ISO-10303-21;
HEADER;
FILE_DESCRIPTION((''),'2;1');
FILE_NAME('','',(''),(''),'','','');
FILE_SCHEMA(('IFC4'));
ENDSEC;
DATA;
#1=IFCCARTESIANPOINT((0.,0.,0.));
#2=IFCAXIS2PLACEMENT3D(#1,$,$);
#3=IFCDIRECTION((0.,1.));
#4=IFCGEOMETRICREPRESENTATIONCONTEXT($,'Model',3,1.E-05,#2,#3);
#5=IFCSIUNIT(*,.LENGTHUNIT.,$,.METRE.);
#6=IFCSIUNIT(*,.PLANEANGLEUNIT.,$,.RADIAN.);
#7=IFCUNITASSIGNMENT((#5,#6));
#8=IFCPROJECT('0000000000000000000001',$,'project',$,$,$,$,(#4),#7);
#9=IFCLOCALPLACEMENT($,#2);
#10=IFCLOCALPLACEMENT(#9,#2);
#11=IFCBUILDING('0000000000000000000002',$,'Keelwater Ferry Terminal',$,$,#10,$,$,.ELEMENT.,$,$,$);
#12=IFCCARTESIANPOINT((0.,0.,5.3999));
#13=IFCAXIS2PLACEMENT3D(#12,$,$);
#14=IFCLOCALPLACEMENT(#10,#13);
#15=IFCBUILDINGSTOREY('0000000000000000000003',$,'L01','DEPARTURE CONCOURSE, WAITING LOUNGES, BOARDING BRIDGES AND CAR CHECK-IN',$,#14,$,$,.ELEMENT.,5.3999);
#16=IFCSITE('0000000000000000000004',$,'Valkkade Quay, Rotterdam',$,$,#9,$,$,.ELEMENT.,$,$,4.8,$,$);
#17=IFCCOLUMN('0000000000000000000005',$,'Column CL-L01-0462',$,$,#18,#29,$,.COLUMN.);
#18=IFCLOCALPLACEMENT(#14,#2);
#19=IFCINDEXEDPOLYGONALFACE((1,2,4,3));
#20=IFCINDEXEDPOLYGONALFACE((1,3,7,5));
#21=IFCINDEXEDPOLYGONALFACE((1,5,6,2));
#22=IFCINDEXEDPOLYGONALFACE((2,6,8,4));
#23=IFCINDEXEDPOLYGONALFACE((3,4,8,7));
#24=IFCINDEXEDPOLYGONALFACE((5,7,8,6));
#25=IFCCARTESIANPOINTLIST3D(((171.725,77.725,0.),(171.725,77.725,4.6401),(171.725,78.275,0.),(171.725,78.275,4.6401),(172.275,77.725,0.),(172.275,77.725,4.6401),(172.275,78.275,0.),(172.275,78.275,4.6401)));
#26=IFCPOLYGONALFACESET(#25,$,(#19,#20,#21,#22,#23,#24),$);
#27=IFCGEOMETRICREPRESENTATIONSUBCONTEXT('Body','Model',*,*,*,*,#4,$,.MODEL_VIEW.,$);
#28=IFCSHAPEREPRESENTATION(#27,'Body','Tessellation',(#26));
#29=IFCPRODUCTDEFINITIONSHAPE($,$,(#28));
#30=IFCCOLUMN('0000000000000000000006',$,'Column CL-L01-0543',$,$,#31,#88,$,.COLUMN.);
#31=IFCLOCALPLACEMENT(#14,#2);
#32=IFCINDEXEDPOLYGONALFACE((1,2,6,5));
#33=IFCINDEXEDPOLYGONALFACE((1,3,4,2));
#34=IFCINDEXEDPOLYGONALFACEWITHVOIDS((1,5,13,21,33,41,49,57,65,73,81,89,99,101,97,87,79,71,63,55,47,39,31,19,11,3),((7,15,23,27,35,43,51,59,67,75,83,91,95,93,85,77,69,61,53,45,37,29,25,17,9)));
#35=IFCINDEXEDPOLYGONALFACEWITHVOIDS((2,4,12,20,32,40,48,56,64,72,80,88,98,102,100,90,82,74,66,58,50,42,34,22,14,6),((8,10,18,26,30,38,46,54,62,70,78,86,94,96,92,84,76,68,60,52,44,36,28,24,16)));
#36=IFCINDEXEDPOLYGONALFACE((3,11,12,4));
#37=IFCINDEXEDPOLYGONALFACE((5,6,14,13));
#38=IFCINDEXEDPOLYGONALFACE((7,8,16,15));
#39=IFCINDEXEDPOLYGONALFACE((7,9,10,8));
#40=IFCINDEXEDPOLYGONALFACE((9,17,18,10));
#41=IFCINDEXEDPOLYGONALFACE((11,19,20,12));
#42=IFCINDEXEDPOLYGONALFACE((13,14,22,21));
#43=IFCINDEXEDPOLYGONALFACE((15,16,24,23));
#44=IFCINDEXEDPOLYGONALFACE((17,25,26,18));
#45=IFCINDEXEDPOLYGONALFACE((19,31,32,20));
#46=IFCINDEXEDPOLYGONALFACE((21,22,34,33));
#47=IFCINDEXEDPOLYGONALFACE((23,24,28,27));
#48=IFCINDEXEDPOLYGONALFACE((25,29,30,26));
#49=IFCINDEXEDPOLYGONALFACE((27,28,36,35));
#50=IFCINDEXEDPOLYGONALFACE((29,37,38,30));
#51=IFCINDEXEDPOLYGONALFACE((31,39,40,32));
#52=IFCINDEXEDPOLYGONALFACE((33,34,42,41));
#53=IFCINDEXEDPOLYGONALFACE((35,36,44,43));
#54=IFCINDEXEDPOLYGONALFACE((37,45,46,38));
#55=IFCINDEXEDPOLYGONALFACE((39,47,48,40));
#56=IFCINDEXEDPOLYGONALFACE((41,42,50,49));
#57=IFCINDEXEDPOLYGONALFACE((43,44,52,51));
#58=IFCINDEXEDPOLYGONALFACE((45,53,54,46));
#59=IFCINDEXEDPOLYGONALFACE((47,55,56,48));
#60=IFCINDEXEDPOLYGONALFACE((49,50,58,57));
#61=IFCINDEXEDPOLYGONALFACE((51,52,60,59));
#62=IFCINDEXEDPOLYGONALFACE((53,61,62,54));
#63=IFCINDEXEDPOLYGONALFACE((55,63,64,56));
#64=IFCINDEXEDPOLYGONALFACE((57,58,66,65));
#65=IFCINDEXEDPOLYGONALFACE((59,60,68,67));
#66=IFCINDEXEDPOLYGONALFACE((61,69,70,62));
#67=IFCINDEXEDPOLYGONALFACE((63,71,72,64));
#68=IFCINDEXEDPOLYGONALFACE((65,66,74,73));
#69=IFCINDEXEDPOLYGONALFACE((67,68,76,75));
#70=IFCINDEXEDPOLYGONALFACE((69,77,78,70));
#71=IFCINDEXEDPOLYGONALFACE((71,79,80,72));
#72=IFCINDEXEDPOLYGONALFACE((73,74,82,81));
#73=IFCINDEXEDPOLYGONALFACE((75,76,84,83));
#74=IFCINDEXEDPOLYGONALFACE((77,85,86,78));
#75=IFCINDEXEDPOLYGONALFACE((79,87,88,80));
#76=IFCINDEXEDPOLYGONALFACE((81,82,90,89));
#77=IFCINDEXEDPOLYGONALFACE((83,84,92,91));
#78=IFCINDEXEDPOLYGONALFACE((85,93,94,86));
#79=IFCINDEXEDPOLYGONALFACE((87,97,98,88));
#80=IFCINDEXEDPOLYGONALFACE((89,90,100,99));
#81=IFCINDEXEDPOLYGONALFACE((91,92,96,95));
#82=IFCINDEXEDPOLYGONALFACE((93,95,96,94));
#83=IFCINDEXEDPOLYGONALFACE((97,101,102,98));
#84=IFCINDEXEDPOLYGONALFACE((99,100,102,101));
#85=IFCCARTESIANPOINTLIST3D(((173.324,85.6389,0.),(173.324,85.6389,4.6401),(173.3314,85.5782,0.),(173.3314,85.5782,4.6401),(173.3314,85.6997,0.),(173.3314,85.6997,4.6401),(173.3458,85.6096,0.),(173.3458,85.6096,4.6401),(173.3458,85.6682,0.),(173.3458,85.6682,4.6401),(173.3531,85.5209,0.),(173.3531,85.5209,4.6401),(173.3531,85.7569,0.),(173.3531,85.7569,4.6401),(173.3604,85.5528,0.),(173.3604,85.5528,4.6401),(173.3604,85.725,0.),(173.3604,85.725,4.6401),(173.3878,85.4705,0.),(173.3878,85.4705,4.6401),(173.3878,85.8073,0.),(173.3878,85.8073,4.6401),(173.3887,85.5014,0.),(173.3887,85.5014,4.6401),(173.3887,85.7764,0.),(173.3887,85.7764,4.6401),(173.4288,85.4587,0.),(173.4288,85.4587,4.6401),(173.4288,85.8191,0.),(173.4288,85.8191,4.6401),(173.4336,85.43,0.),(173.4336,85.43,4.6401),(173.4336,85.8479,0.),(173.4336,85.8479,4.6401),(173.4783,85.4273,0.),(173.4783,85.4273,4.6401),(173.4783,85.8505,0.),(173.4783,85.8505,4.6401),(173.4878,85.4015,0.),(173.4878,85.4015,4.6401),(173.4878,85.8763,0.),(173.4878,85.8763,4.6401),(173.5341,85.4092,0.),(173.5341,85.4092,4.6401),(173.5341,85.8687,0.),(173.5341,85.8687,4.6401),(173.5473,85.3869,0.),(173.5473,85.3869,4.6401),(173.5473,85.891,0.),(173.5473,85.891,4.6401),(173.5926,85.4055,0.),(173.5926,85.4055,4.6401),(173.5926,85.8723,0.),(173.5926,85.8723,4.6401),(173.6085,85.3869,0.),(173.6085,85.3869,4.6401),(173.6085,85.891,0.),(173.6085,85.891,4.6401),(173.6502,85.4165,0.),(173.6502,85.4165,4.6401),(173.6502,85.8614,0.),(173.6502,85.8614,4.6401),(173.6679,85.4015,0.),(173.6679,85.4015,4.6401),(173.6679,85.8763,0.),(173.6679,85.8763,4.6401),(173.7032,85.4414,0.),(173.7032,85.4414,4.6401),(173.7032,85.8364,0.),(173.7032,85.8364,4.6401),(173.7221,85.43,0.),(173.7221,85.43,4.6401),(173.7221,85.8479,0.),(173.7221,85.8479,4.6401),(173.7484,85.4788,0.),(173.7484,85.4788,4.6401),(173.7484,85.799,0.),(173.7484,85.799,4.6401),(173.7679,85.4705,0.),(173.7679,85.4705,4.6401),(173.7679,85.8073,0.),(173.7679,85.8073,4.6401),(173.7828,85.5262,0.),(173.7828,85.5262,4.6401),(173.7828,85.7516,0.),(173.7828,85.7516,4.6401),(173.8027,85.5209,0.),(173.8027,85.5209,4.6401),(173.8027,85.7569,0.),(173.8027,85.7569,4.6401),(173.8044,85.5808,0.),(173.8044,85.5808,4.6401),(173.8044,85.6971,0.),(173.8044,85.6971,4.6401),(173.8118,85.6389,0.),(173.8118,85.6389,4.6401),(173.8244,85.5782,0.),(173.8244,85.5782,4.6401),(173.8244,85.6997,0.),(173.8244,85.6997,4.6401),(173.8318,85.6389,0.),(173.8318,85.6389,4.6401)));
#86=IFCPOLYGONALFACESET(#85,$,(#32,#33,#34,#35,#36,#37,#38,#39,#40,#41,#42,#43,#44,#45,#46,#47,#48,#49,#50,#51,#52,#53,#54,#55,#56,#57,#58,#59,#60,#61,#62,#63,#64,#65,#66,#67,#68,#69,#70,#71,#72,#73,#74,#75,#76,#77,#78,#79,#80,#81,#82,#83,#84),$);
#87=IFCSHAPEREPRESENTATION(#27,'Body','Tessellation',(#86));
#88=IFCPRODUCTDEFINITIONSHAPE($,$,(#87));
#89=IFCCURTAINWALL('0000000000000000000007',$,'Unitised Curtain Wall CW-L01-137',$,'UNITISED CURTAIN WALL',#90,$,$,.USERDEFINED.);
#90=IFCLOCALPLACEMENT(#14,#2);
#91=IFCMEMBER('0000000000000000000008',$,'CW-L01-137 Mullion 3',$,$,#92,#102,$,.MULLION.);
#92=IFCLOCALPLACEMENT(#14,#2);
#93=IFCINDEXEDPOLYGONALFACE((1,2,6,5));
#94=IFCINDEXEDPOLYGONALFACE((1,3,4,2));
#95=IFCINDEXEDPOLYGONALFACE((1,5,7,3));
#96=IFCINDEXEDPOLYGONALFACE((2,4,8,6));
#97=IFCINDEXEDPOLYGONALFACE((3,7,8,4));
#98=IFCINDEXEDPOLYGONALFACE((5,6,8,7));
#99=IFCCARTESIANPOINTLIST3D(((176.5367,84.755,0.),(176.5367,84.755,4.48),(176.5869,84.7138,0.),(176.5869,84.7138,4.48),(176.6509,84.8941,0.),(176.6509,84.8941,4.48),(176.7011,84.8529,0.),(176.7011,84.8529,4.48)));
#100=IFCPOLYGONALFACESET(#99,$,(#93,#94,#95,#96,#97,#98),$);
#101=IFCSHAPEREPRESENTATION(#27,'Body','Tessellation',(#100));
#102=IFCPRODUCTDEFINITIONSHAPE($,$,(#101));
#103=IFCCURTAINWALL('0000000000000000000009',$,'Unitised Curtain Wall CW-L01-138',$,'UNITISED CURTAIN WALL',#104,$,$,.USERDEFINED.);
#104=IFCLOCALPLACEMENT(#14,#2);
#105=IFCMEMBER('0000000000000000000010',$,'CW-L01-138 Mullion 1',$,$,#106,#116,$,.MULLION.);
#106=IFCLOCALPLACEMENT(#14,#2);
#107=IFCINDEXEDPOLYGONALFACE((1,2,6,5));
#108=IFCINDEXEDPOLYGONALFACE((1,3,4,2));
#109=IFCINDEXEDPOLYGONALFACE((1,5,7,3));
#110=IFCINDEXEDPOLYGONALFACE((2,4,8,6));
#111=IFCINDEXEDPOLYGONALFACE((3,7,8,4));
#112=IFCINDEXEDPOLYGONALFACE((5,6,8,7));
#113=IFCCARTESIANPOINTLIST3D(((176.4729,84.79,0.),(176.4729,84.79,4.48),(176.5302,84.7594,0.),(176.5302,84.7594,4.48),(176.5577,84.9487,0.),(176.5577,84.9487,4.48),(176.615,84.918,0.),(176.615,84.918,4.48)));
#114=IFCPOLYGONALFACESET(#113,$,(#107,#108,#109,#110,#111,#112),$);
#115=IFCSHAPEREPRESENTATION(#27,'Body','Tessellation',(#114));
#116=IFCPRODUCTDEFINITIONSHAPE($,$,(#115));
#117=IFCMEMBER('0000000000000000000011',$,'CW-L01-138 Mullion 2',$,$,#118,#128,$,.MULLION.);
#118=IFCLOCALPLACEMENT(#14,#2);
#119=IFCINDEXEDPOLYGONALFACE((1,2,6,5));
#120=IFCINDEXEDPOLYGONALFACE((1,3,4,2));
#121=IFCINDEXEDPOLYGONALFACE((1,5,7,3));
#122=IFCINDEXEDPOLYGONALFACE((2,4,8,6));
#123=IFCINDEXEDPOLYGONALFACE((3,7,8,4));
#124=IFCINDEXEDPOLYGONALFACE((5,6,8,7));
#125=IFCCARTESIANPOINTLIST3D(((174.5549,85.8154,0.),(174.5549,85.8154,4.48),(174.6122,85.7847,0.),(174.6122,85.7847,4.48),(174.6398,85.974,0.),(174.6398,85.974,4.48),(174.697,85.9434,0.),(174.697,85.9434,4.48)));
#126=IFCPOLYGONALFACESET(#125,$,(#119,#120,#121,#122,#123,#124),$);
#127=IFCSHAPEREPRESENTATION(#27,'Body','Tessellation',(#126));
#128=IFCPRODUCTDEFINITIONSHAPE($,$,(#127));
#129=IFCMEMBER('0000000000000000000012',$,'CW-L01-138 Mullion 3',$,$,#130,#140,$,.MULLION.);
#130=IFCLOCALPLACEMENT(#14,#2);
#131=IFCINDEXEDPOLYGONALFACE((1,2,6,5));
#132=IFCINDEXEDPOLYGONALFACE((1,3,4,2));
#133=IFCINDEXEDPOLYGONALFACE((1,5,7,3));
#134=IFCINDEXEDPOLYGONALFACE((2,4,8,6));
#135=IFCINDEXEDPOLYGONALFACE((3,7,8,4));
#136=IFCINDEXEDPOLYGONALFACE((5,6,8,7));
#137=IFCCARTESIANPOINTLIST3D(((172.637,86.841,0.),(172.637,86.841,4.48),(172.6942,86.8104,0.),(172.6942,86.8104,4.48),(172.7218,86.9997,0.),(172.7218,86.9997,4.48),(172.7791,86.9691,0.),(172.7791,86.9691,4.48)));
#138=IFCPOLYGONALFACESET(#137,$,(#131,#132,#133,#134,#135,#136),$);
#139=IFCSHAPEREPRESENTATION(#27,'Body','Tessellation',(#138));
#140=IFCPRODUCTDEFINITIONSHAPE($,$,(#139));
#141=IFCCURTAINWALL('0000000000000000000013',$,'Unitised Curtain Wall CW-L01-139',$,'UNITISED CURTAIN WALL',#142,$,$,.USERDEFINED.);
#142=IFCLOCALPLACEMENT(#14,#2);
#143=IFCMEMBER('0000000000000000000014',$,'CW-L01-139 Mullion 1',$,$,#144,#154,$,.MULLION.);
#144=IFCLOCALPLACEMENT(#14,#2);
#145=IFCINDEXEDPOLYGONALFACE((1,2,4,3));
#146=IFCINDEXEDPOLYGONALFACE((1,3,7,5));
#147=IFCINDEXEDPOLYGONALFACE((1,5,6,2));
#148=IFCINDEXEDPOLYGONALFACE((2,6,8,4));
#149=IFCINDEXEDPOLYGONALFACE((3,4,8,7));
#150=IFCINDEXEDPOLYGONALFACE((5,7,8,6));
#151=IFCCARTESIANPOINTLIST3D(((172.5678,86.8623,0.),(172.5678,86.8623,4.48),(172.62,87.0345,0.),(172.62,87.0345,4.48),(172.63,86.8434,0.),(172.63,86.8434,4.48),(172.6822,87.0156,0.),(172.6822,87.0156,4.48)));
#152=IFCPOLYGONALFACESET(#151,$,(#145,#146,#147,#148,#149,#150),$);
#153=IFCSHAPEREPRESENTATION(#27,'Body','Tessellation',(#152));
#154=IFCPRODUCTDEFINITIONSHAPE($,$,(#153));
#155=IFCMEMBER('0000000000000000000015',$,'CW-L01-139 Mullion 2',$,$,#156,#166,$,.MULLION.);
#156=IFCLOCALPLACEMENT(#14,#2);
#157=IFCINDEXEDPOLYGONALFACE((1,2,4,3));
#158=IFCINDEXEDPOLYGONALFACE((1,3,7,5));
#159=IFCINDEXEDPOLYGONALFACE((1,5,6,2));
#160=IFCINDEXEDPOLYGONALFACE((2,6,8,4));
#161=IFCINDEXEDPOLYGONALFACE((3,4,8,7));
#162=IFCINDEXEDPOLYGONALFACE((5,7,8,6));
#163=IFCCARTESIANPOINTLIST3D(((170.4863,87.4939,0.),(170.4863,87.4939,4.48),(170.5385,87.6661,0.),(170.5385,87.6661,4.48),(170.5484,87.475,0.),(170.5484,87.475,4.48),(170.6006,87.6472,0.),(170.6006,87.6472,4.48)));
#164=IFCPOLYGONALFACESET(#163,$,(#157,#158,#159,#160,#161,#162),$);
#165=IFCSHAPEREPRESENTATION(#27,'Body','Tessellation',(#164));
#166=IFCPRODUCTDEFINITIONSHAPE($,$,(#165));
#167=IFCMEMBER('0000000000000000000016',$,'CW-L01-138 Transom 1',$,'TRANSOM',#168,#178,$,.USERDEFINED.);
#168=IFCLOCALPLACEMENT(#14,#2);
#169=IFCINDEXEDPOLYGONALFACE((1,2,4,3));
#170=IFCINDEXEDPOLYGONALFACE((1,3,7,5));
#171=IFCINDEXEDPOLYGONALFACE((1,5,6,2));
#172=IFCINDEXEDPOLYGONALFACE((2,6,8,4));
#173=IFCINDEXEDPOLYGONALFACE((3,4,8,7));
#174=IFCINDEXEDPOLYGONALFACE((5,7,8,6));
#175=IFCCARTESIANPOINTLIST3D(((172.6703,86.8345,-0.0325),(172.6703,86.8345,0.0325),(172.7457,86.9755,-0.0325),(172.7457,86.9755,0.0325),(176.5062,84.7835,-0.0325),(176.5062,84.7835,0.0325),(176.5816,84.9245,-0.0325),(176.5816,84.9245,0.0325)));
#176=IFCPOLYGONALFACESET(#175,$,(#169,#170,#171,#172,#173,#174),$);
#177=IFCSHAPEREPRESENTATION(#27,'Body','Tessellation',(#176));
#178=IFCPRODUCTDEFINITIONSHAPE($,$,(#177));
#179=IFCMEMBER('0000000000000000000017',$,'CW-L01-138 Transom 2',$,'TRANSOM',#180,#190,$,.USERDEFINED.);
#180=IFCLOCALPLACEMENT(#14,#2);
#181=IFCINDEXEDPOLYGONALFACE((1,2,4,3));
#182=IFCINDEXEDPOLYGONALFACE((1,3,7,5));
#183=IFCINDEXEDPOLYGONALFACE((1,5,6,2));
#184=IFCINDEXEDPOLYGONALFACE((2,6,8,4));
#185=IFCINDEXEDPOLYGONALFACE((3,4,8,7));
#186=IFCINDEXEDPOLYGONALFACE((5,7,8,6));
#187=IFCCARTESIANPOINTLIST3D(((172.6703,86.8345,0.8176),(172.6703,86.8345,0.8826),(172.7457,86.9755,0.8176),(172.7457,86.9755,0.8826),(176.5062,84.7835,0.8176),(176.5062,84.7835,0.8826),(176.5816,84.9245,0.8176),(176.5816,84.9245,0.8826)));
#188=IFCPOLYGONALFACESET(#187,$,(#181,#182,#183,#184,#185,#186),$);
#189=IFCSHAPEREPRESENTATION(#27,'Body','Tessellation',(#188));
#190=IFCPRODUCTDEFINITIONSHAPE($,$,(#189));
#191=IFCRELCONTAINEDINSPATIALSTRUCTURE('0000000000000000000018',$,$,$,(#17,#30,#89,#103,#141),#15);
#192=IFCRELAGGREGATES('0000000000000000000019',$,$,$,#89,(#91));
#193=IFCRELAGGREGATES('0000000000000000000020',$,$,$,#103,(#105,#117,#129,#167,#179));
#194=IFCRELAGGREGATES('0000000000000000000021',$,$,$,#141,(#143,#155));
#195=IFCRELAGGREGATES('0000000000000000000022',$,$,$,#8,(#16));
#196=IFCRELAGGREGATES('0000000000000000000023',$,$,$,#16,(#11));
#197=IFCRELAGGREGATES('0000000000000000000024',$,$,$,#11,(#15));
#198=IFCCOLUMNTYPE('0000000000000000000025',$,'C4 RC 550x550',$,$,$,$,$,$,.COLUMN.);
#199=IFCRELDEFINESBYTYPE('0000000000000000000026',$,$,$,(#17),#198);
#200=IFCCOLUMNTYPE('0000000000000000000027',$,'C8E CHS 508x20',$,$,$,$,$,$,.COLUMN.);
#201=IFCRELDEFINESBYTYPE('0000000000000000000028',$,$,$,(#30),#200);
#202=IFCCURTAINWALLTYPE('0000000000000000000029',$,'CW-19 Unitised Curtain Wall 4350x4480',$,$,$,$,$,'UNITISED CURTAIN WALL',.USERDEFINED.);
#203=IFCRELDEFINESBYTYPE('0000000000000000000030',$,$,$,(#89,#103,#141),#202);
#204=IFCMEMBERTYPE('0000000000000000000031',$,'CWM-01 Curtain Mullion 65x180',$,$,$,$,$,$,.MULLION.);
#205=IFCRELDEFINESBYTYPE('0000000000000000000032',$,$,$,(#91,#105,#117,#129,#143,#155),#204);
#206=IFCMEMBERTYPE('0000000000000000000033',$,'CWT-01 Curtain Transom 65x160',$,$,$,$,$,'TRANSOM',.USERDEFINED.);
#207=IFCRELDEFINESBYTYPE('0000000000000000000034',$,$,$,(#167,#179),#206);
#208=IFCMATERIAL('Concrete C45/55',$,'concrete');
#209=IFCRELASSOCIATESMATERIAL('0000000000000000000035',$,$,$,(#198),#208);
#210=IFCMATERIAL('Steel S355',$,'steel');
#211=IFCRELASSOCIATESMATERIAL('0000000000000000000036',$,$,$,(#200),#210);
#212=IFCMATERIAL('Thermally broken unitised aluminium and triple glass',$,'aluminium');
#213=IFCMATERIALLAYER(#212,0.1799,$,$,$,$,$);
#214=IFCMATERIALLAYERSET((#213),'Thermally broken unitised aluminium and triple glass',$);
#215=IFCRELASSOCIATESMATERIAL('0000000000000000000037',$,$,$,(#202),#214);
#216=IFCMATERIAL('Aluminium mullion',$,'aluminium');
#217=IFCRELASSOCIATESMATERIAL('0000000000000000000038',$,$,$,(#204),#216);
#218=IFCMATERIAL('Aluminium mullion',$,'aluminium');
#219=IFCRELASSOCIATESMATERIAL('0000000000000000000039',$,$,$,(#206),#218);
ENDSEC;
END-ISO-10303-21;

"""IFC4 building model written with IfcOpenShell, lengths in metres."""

from ifc_helpers import new_model, si_unit, direction, frame, origin, origin_2d, place, context, subcontext, project, spatial, rectangle, hollow_circle, extrude, material, layer, layer_set, material_profile, profile_set, type_object, element, aggregate, save


model = new_model("IFC4")

# Units and contexts
model_context = context("Model", 3, precision=1e-05, world=origin(), true_north=direction((0.0, 1.0)))
body_context = subcontext(model_context, "Body", "Model", "MODEL_VIEW")
ifc_project = project(units=[si_unit("LENGTHUNIT", "METRE"), si_unit("PLANEANGLEUNIT", "RADIAN")], contexts=[model_context])

# Site, building, storey
site_placement = place(None, origin())
site = spatial("IfcSite", under=ifc_project, at=site_placement, Name="Valkkade Quay, Rotterdam", CompositionType="ELEMENT", RefElevation=4.8)
building_placement = place(site_placement, origin())
building = spatial("IfcBuilding", under=site, at=building_placement, Name="Keelwater Ferry Terminal", CompositionType="ELEMENT")
storey_placement = place(building_placement, frame((0.0, 0.0, 5.3999)))
storey = spatial("IfcBuildingStorey", under=building, at=storey_placement, Name="L01", Description="DEPARTURE CONCOURSE, WAITING LOUNGES, BOARDING BRIDGES AND CAR CHECK-IN", CompositionType="ELEMENT", Elevation=5.3999)

# Columns
ifc_material_1 = material(Name="Concrete C45/55", Category="concrete")
ifc_material_profile_1 = material_profile(ifc_material_1, rectangle(XDim=0.55, YDim=0.55, at=origin_2d()), Name="RC 550x550")
ifc_profile_set_1 = profile_set([ifc_material_profile_1], Name="Concrete C45/55")
column_type_1 = type_object("IfcColumnType", Name="C4 RC 550x550", PredefinedType="COLUMN", material=ifc_profile_set_1)
column_1_placement = place(storey_placement, frame((172.0, 78.0, 0.0), z_axis=(0.0, 0.0, 1.0), x_axis=(1.0, 0.0, 0.0)))
element("IfcColumn", 1, at=column_1_placement, inside=storey, type_object=column_type_1, Name="Column CL-L01-0462", PredefinedType="COLUMN", context=body_context, shape_type="SweptSolid", body=[
    extrude(rectangle(XDim=0.55, YDim=0.55, at=origin_2d()), origin(), (0.0, 0.0, 1.0), 4.6401),
])
ifc_material_2 = material(Name="Steel S355", Category="steel")
ifc_material_profile_2 = material_profile(ifc_material_2, hollow_circle(Radius=0.2539, WallThickness=0.02, at=origin_2d()), Name="CHS 508x20")
ifc_profile_set_2 = profile_set([ifc_material_profile_2], Name="Steel S355")
column_type_2 = type_object("IfcColumnType", Name="C8E CHS 508x20", PredefinedType="COLUMN", material=ifc_profile_set_2)
column_2_placement = place(storey_placement, frame((173.5779, 85.6389, 0.0), z_axis=(0.0, 0.0, 1.0), x_axis=(1.0, 0.0, 0.0)))
element("IfcColumn", 2, at=column_2_placement, inside=storey, type_object=column_type_2, Name="Column CL-L01-0543", PredefinedType="COLUMN", context=body_context, shape_type="SweptSolid", body=[
    extrude(hollow_circle(Radius=0.2539, WallThickness=0.02, at=origin_2d()), origin(), (0.0, 0.0, 1.0), 4.6401),
])

# Curtain wall, member
ifc_material_3 = material(Name="Thermally broken unitised aluminium and triple glass", Category="aluminium")
ifc_layer_1 = layer(ifc_material_3, 0.1799)
ifc_layer_set_1 = layer_set([ifc_layer_1], Name="Thermally broken unitised aluminium and triple glass")
curtain_wall_type = type_object("IfcCurtainWallType", Name="CW-19 Unitised Curtain Wall 4350x4480", ElementType="UNITISED CURTAIN WALL", PredefinedType="USERDEFINED", material=ifc_layer_set_1)
curtain_wall_1_placement = place(storey_placement, origin())
curtain_wall_1 = element("IfcCurtainWall", 3, at=curtain_wall_1_placement, inside=storey, type_object=curtain_wall_type, Name="Unitised Curtain Wall CW-L01-137", ObjectType="UNITISED CURTAIN WALL", PredefinedType="USERDEFINED")
ifc_material_4 = material(Name="Aluminium mullion", Category="aluminium")
ifc_material_profile_3 = material_profile(ifc_material_4, rectangle(XDim=0.0649, YDim=0.1799, at=origin_2d()), Name="CWM-01")
ifc_profile_set_3 = profile_set([ifc_material_profile_3], Name="Aluminium mullion")
member_type_1 = type_object("IfcMemberType", Name="CWM-01 Curtain Mullion 65x180", PredefinedType="MULLION", material=ifc_profile_set_3)
member_1_placement = place(storey_placement, frame((176.6189, 84.804, 0.0), z_axis=(0.0, 0.0, 1.0), x_axis=(-0.773024, 0.634377, 0.0)))
member_1 = element("IfcMember", 4, at=member_1_placement, type_object=member_type_1, Name="CW-L01-137 Mullion 3", PredefinedType="MULLION", context=body_context, shape_type="SweptSolid", body=[
    extrude(rectangle(XDim=0.0649, YDim=0.1799, at=origin_2d()), origin(), (0.0, 0.0, 1.0), 4.48),
])

# Curtain walls, members
curtain_wall_2_placement = place(storey_placement, origin())
curtain_wall_2 = element("IfcCurtainWall", 5, at=curtain_wall_2_placement, inside=storey, type_object=curtain_wall_type, Name="Unitised Curtain Wall CW-L01-138", ObjectType="UNITISED CURTAIN WALL", PredefinedType="USERDEFINED")
member_2_placement = place(storey_placement, frame((176.5439, 84.854, 0.0), z_axis=(0.0, 0.0, 1.0), x_axis=(-0.881862, 0.471507, 0.0)))
member_2 = element("IfcMember", 6, at=member_2_placement, type_object=member_type_1, Name="CW-L01-138 Mullion 1", PredefinedType="MULLION", context=body_context, shape_type="SweptSolid", body=[
    extrude(rectangle(XDim=0.0649, YDim=0.1799, at=origin_2d()), origin(), (0.0, 0.0, 1.0), 4.48),
])
member_3_placement = place(storey_placement, frame((174.626, 85.8794, 0.0), z_axis=(0.0, 0.0, 1.0), x_axis=(-0.881862, 0.471507, 0.0)))
member_3 = element("IfcMember", 7, at=member_3_placement, type_object=member_type_1, Name="CW-L01-138 Mullion 2", PredefinedType="MULLION", context=body_context, shape_type="SweptSolid", body=[
    extrude(rectangle(XDim=0.0649, YDim=0.1799, at=origin_2d()), origin(), (0.0, 0.0, 1.0), 4.48),
])
member_4_placement = place(storey_placement, frame((172.708, 86.905, 0.0), z_axis=(0.0, 0.0, 1.0), x_axis=(-0.881862, 0.471507, 0.0)))
member_4 = element("IfcMember", 8, at=member_4_placement, type_object=member_type_1, Name="CW-L01-138 Mullion 3", PredefinedType="MULLION", context=body_context, shape_type="SweptSolid", body=[
    extrude(rectangle(XDim=0.0649, YDim=0.1799, at=origin_2d()), origin(), (0.0, 0.0, 1.0), 4.48),
])
curtain_wall_3_placement = place(storey_placement, origin())
curtain_wall_3 = element("IfcCurtainWall", 9, at=curtain_wall_3_placement, inside=storey, type_object=curtain_wall_type, Name="Unitised Curtain Wall CW-L01-139", ObjectType="UNITISED CURTAIN WALL", PredefinedType="USERDEFINED")
member_5_placement = place(storey_placement, frame((172.625, 86.939, 0.0), z_axis=(0.0, 0.0, 1.0), x_axis=(-0.95693, 0.29032, 0.0)))
member_5 = element("IfcMember", 10, at=member_5_placement, type_object=member_type_1, Name="CW-L01-139 Mullion 1", PredefinedType="MULLION", context=body_context, shape_type="SweptSolid", body=[
    extrude(rectangle(XDim=0.0649, YDim=0.1799, at=origin_2d()), origin(), (0.0, 0.0, 1.0), 4.48),
])
member_6_placement = place(storey_placement, frame((170.5435, 87.5706, 0.0), z_axis=(0.0, 0.0, 1.0), x_axis=(-0.95693, 0.29032, 0.0)))
member_6 = element("IfcMember", 11, at=member_6_placement, type_object=member_type_1, Name="CW-L01-139 Mullion 2", PredefinedType="MULLION", context=body_context, shape_type="SweptSolid", body=[
    extrude(rectangle(XDim=0.0649, YDim=0.1799, at=origin_2d()), origin(), (0.0, 0.0, 1.0), 4.48),
])

# Members
ifc_material_5 = material(Name="Aluminium mullion", Category="aluminium")
ifc_material_profile_4 = material_profile(ifc_material_5, rectangle(XDim=0.1599, YDim=0.0649, at=origin_2d()), Name="CWT-01")
ifc_profile_set_4 = profile_set([ifc_material_profile_4], Name="Aluminium mullion")
member_type_2 = type_object("IfcMemberType", Name="CWT-01 Curtain Transom 65x160", ElementType="TRANSOM", PredefinedType="USERDEFINED", material=ifc_profile_set_4)
member_7_placement = place(storey_placement, frame((176.5439, 84.854, 0.0), z_axis=(-0.881857, 0.471517, 0.0), x_axis=(-0.471517, -0.881857, 0.0)))
member_7 = element("IfcMember", 12, at=member_7_placement, type_object=member_type_2, Name="CW-L01-138 Transom 1", ObjectType="TRANSOM", PredefinedType="USERDEFINED", context=body_context, shape_type="SweptSolid", body=[
    extrude(rectangle(XDim=0.1599, YDim=0.0649, at=origin_2d()), origin(), (0.0, 0.0, 1.0), 4.3499),
])
member_8_placement = place(storey_placement, frame((176.5439, 84.854, 0.8501), z_axis=(-0.881857, 0.471517, 0.0), x_axis=(-0.471517, -0.881857, 0.0)))
member_8 = element("IfcMember", 13, at=member_8_placement, type_object=member_type_2, Name="CW-L01-138 Transom 2", ObjectType="TRANSOM", PredefinedType="USERDEFINED", context=body_context, shape_type="SweptSolid", body=[
    extrude(rectangle(XDim=0.1599, YDim=0.0649, at=origin_2d()), origin(), (0.0, 0.0, 1.0), 4.3499),
])

aggregate(curtain_wall_1, [member_1])
aggregate(curtain_wall_2, [member_2, member_3, member_4, member_7, member_8])
aggregate(curtain_wall_3, [member_5, member_6])

save(model, "model.ifc")
